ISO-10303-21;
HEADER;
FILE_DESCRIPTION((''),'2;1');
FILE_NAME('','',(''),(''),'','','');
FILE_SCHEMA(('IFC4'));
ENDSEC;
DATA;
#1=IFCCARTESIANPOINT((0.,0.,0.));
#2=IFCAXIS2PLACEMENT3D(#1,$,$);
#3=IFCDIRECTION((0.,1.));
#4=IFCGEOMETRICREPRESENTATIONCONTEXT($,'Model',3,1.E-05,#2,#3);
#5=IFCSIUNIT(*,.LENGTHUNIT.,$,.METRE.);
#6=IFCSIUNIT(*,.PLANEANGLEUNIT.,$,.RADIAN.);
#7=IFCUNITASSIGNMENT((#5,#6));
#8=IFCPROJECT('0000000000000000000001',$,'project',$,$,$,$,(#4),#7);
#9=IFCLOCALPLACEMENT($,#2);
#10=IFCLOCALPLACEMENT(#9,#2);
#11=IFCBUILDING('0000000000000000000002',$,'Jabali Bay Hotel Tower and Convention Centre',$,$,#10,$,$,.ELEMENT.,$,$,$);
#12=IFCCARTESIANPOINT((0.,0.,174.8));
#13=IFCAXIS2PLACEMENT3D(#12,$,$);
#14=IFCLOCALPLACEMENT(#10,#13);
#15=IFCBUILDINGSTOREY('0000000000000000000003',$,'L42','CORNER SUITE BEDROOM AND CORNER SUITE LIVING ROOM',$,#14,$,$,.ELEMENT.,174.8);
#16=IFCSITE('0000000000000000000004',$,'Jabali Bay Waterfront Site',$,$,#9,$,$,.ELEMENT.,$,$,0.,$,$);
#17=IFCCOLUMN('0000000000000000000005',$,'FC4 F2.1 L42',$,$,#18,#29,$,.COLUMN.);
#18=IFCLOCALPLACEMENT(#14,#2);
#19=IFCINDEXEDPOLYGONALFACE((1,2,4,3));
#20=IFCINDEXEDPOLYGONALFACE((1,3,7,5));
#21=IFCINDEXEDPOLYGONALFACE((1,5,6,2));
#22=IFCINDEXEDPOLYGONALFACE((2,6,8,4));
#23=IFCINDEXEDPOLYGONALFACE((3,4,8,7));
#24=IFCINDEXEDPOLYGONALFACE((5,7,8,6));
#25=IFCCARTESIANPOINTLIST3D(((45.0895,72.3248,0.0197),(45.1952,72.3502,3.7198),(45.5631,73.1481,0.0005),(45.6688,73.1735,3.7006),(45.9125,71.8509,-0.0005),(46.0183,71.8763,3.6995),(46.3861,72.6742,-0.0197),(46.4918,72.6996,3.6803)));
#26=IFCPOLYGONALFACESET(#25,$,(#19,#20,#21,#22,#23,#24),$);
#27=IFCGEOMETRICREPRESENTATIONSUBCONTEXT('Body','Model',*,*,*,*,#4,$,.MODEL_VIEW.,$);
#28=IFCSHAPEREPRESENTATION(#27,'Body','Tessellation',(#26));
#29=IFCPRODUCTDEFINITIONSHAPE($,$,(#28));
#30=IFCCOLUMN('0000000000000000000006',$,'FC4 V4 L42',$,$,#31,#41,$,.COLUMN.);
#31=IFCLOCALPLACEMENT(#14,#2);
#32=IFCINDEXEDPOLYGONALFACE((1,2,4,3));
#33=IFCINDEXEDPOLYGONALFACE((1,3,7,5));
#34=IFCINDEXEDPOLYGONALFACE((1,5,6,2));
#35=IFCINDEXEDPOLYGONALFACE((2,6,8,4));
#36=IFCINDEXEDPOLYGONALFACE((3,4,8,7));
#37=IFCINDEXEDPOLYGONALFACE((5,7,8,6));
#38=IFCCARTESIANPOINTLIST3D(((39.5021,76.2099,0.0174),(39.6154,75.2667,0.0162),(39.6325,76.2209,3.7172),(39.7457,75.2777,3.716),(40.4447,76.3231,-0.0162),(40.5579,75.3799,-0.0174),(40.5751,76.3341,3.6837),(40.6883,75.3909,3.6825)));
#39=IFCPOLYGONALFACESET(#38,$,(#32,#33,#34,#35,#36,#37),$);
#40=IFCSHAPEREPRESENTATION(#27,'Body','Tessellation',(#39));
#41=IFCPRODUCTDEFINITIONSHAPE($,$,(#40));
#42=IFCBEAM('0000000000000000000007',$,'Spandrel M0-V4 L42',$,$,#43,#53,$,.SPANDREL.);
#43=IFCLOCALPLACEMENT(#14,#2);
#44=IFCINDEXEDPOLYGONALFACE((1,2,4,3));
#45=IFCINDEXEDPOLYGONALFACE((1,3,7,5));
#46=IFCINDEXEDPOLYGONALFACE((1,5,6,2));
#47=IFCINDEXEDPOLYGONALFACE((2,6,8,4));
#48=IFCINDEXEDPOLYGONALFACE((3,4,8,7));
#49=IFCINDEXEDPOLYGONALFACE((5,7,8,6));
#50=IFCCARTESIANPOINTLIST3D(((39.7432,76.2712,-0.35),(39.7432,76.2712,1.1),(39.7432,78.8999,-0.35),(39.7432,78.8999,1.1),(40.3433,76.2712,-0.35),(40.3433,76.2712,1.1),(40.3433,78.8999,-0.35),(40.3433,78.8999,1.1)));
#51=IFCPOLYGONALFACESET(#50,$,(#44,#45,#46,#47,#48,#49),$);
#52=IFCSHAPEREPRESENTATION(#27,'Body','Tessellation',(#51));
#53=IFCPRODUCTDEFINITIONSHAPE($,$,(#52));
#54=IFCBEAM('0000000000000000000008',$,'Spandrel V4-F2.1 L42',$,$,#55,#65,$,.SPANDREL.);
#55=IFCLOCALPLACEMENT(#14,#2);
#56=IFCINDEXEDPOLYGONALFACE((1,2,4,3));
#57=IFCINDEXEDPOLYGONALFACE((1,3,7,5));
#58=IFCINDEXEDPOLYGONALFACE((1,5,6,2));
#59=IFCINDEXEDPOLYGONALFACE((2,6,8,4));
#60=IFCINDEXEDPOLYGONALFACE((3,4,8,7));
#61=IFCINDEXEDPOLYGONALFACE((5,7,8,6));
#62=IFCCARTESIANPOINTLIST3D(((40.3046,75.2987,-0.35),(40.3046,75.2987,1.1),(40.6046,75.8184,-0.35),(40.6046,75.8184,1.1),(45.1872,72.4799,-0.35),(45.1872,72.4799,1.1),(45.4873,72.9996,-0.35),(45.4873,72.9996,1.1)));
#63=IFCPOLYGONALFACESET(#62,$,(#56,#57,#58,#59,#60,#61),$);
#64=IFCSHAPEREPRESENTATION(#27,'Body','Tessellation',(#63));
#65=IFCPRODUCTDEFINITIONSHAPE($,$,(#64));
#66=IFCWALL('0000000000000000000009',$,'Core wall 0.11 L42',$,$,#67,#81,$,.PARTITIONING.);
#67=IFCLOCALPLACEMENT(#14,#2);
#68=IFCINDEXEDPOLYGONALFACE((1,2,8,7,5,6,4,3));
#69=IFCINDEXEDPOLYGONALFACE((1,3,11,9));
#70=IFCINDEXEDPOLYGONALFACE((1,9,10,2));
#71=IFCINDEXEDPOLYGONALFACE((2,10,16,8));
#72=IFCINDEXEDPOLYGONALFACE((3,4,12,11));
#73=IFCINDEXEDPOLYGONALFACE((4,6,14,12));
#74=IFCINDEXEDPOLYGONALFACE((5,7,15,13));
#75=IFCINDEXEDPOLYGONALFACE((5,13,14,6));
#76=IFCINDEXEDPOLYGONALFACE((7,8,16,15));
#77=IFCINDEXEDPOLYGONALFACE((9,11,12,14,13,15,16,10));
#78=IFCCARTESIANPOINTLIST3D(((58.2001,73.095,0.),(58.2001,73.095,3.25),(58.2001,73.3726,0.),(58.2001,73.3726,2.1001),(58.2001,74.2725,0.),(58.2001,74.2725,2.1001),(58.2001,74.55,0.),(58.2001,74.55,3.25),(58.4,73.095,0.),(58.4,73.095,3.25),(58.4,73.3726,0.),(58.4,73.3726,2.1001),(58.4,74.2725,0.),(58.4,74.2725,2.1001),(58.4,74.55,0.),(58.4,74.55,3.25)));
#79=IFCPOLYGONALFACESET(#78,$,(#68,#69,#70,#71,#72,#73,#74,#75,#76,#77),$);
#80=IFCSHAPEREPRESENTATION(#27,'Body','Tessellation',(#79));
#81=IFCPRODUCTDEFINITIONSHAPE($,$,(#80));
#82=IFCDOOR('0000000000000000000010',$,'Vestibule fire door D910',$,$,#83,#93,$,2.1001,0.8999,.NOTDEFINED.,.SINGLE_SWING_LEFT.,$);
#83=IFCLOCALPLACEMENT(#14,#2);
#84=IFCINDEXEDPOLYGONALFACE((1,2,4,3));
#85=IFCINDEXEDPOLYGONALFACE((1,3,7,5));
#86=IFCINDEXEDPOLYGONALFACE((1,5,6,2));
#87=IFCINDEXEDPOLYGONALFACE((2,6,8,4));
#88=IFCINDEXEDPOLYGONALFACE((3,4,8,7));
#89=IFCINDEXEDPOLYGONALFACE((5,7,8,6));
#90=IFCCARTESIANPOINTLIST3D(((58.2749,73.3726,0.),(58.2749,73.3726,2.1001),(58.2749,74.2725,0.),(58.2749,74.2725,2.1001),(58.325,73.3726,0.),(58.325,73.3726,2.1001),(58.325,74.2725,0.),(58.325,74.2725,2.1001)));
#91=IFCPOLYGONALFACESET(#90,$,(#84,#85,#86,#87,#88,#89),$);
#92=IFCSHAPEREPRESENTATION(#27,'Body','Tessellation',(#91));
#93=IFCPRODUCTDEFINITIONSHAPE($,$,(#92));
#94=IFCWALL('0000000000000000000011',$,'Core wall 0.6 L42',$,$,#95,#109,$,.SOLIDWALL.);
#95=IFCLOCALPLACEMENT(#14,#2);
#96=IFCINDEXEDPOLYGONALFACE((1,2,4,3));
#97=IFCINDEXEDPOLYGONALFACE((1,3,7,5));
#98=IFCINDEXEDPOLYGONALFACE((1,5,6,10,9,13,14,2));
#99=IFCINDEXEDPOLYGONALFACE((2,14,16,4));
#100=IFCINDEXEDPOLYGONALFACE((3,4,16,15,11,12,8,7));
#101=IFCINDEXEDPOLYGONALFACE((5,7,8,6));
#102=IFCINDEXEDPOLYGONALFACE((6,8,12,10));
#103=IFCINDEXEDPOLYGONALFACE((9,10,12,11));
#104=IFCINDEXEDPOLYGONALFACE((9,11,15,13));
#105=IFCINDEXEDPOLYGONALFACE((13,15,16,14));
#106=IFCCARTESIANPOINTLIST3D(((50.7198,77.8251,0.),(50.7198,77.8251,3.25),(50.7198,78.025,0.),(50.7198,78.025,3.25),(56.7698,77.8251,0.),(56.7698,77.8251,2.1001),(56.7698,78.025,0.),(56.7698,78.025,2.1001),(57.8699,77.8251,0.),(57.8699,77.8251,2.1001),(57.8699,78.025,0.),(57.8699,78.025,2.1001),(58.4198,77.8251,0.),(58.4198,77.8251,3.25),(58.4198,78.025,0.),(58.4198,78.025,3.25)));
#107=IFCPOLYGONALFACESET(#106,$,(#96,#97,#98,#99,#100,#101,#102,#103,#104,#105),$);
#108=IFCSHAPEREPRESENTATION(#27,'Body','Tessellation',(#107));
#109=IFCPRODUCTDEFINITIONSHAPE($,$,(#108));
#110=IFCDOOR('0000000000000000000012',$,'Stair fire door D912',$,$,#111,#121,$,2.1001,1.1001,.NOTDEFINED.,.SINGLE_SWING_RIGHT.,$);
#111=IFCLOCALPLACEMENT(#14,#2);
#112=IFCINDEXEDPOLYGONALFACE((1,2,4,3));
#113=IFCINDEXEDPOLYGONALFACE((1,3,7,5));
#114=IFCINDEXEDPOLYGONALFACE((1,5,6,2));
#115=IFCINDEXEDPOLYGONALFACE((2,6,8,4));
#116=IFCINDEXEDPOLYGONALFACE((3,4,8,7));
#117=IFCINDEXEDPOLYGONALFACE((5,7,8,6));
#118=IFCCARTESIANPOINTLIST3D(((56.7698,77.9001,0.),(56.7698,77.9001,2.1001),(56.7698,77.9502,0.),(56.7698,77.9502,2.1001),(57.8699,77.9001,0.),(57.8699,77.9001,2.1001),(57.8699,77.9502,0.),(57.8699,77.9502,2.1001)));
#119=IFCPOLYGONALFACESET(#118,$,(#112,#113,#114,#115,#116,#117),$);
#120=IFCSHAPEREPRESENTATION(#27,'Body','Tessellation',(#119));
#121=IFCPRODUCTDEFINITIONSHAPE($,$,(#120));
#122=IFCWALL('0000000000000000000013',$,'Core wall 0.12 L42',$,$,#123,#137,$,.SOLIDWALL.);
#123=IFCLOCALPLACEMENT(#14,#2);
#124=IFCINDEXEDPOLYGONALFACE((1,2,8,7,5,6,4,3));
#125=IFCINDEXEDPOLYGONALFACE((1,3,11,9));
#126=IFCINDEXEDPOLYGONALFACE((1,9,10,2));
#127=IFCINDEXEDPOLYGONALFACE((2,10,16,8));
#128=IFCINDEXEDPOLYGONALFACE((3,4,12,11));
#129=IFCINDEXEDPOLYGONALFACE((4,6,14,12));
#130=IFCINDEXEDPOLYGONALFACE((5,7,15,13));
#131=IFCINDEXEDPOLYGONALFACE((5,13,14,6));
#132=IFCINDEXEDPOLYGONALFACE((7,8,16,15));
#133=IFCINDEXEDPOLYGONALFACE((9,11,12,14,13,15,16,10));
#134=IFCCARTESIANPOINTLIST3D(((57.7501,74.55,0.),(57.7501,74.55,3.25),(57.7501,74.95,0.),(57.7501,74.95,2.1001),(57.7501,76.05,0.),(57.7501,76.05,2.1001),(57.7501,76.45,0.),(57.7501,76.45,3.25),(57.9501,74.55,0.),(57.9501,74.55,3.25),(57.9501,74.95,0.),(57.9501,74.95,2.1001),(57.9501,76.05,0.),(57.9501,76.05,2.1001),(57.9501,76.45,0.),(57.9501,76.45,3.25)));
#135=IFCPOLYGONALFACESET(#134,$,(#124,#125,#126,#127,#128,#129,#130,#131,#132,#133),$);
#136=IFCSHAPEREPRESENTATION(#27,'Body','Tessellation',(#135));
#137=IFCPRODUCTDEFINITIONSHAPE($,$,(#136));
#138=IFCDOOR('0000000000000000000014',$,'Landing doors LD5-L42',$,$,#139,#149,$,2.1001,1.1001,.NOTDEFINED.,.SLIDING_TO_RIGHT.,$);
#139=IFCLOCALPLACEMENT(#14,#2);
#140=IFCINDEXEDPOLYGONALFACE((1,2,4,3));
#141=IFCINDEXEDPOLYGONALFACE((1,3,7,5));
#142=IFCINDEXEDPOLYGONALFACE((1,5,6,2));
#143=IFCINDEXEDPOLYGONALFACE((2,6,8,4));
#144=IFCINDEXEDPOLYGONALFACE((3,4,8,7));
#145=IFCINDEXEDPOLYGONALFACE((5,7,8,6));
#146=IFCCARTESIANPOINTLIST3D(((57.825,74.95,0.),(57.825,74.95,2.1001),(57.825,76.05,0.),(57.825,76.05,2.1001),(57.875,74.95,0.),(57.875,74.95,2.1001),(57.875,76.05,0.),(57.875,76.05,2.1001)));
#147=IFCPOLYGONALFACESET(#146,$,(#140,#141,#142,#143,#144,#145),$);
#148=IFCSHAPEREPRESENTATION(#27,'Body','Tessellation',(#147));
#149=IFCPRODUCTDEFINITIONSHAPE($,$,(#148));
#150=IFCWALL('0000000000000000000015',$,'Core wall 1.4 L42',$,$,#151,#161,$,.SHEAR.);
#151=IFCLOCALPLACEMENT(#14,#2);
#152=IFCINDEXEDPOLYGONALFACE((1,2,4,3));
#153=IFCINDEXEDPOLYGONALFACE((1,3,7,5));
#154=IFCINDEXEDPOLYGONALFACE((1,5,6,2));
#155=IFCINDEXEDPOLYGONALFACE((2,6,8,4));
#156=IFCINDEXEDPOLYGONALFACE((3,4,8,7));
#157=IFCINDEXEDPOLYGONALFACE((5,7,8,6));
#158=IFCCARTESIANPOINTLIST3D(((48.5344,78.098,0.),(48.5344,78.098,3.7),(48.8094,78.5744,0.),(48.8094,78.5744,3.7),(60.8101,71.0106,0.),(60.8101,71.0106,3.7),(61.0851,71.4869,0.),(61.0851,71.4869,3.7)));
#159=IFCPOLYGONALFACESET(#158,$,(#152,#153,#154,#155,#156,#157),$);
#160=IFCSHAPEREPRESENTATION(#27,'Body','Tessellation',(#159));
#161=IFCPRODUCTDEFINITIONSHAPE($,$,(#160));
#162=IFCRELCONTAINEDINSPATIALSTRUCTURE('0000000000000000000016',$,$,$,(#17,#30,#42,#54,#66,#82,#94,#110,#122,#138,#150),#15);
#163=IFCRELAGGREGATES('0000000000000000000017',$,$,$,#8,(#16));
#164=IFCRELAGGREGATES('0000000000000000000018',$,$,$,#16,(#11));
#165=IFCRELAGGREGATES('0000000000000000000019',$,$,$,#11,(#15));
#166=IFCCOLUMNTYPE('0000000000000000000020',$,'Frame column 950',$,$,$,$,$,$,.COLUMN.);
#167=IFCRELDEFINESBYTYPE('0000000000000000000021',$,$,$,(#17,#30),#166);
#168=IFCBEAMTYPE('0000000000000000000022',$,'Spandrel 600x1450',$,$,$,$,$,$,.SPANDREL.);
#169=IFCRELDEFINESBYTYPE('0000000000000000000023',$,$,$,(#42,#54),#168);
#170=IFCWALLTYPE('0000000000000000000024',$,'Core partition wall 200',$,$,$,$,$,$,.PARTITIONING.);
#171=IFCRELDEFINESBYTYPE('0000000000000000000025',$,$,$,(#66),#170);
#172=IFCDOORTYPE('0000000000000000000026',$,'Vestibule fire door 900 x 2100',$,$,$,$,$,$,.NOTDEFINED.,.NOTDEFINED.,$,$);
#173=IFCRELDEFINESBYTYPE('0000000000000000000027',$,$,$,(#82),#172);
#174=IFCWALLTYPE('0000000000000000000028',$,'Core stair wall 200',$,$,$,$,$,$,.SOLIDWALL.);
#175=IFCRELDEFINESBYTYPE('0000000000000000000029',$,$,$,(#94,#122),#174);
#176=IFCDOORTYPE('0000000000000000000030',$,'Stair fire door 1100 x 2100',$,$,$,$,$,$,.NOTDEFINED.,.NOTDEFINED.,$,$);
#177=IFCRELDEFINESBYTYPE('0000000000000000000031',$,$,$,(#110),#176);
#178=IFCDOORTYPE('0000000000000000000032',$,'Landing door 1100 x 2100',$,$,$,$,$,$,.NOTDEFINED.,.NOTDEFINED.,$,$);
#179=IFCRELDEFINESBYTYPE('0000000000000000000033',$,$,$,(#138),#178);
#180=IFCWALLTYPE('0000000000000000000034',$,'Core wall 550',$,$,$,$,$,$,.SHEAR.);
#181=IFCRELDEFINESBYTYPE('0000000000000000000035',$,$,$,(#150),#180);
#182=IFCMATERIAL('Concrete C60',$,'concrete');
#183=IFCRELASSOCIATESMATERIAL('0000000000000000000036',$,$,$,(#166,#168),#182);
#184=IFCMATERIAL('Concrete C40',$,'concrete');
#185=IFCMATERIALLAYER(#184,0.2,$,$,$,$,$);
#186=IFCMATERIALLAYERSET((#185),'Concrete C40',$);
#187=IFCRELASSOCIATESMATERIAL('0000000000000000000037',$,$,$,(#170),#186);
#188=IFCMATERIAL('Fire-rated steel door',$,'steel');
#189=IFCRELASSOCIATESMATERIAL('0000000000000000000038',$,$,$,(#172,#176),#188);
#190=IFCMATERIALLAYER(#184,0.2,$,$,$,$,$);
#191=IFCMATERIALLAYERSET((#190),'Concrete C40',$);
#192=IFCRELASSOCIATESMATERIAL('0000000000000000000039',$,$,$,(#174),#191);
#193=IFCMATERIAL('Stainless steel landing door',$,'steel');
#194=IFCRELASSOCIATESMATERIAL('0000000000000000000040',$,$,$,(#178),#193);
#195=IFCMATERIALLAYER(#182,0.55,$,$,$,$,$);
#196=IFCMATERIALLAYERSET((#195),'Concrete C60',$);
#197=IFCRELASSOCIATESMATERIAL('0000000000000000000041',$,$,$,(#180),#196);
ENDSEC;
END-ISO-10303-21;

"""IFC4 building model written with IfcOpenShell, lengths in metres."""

from ifc_helpers import new_model, si_unit, direction, frame, frame_2d, origin, origin_2d, place, context, subcontext, project, spatial, rectangle, extrude, material, layer, layer_set, material_profile, profile_set, type_object, element, fill, save


model = new_model("IFC4")

# Units and contexts
model_context = context("Model", 3, precision=1e-05, world=origin(), true_north=direction((0.0, 1.0)))
body_context = subcontext(model_context, "Body", "Model", "MODEL_VIEW")
ifc_project = project(units=[si_unit("LENGTHUNIT", "METRE"), si_unit("PLANEANGLEUNIT", "RADIAN")], contexts=[model_context])

# Site, building, storey
site_placement = place(None, origin())
site = spatial("IfcSite", under=ifc_project, at=site_placement, Name="Jabali Bay Waterfront Site", CompositionType="ELEMENT", RefElevation=0.0)
building_placement = place(site_placement, origin())
building = spatial("IfcBuilding", under=site, at=building_placement, Name="Jabali Bay Hotel Tower and Convention Centre", CompositionType="ELEMENT")
storey_placement = place(building_placement, frame((0.0, 0.0, 174.8)))
storey = spatial("IfcBuildingStorey", under=building, at=storey_placement, Name="L42", Description="CORNER SUITE BEDROOM AND CORNER SUITE LIVING ROOM", CompositionType="ELEMENT", Elevation=174.8)

# Columns
ifc_material_1 = material(Name="Concrete C60", Category="concrete")
ifc_material_profile_1 = material_profile(ifc_material_1, rectangle(XDim=0.95, YDim=0.95, at=origin_2d()), Name="Frame column 950")
ifc_profile_set_1 = profile_set([ifc_material_profile_1], Name="Concrete C60")
column_type = type_object("IfcColumnType", Name="Frame column 950", PredefinedType="COLUMN", material=ifc_profile_set_1)
column_1_placement = place(storey_placement, frame((45.7378, 72.4995, 0.0), z_axis=(0.028559, 0.006859, 0.999569), x_axis=(-0.86641, 0.498877, 0.021331)))
element("IfcColumn", 1, at=column_1_placement, inside=storey, type_object=column_type, Name="FC4 F2.1 L42", PredefinedType="COLUMN", context=body_context, shape_type="SweptSolid", body=[
    extrude(rectangle(XDim=0.95, YDim=0.95, at=origin_2d()), origin(), (0.0, 0.0, 1.0), 3.7017),
])
column_2_placement = place(storey_placement, frame((40.03, 75.7949, 0.0), z_axis=(0.035214, 0.002967, 0.999375), x_axis=(-0.119209, 0.992868, 0.001252)))
element("IfcColumn", 2, at=column_2_placement, inside=storey, type_object=column_type, Name="FC4 V4 L42", PredefinedType="COLUMN", context=body_context, shape_type="SweptSolid", body=[
    extrude(rectangle(XDim=0.95, YDim=0.95, at=origin_2d()), origin(), (0.0, 0.0, 1.0), 3.7021),
])

# Beams
ifc_material_profile_2 = material_profile(ifc_material_1, rectangle(XDim=0.6001, YDim=1.45, at=origin_2d()), Name="Spandrel 600x1450")
ifc_profile_set_2 = profile_set([ifc_material_profile_2], Name="Concrete C60")
beam_type = type_object("IfcBeamType", Name="Spandrel 600x1450", PredefinedType="SPANDREL", material=ifc_profile_set_2)
beam_1_placement = place(storey_placement, frame((40.0432, 78.8999, 0.375), z_axis=(0.0, -1.0, 0.0), x_axis=(1.0, 0.0, 0.0)))
element("IfcBeam", 3, at=beam_1_placement, inside=storey, type_object=beam_type, Name="Spandrel M0-V4 L42", PredefinedType="SPANDREL", context=body_context, shape_type="SweptSolid", body=[
    extrude(rectangle(XDim=0.6001, YDim=1.45, at=origin_2d()), origin(), (0.0, 0.0, 1.0), 2.6287),
])
beam_2_placement = place(storey_placement, frame((40.4546, 75.5586, 0.375), z_axis=(0.866033, -0.499986, 0.0), x_axis=(0.499986, 0.866033, 0.0)))
element("IfcBeam", 4, at=beam_2_placement, inside=storey, type_object=beam_type, Name="Spandrel V4-F2.1 L42", PredefinedType="SPANDREL", context=body_context, shape_type="SweptSolid", body=[
    extrude(rectangle(XDim=0.6001, YDim=1.45, at=origin_2d()), origin(), (0.0, 0.0, 1.0), 5.6379),
])

# Walls, openings, doors
ifc_material_2 = material(Name="Concrete C40", Category="concrete")
ifc_layer_1 = layer(ifc_material_2, 0.2)
ifc_layer_set_1 = layer_set([ifc_layer_1], Name="Concrete C40")
wall_type_1 = type_object("IfcWallType", Name="Core partition wall 200", PredefinedType="PARTITIONING", material=ifc_layer_set_1)
wall_1_placement = place(storey_placement, frame((58.3, 74.55, 0.0), z_axis=(0.0, 0.0, 1.0), x_axis=(0.0, -1.0, 0.0)))
wall_1 = element("IfcWall", 5, at=wall_1_placement, inside=storey, type_object=wall_type_1, Name="Core wall 0.11 L42", PredefinedType="PARTITIONING", context=body_context, shape_type="SweptSolid", body=[
    extrude(rectangle(XDim=1.4551, YDim=0.2, at=frame_2d((0.7275, 0.0))), origin(), (0.0, 0.0, 1.0), 3.25),
])
opening_1_placement = place(wall_1_placement, frame((0.2776, 0.0, 0.0)))
opening_1 = element("IfcOpeningElement", 6, at=opening_1_placement, cuts=wall_1, PredefinedType="OPENING", context=body_context, shape_type="SweptSolid", body=[
    extrude(rectangle(XDim=0.8999, YDim=2.1001, at=frame_2d((0.45, 1.05))), frame((0.0, 0.1104, 0.0), z_axis=(0.0, -1.0, 0.0), x_axis=(1.0, 0.0, 0.0)), (0.0, 0.0, 1.0), 0.2209),
])
ifc_material_3 = material(Name="Fire-rated steel door", Category="steel")
door_type_1 = type_object("IfcDoorType", Name="Vestibule fire door 900 x 2100", OperationType="NOTDEFINED", PredefinedType="NOTDEFINED", material=ifc_material_3)
door_1_placement = place(opening_1_placement, origin())
door_1 = element("IfcDoor", 7, at=door_1_placement, inside=storey, type_object=door_type_1, Name="Vestibule fire door D910", OperationType="SINGLE_SWING_LEFT", OverallHeight=2.1001, OverallWidth=0.8999, PredefinedType="NOTDEFINED", context=body_context, shape_type="SweptSolid", body=[
    extrude(rectangle(XDim=0.8999, YDim=2.1001, at=frame_2d((0.45, 1.05))), frame((0.0, 0.0249, 0.0), z_axis=(0.0, -1.0, 0.0), x_axis=(1.0, 0.0, 0.0)), (0.0, 0.0, 1.0), 0.05),
])
fill(opening_1, door_1)
ifc_layer_2 = layer(ifc_material_2, 0.2)
ifc_layer_set_2 = layer_set([ifc_layer_2], Name="Concrete C40")
wall_type_2 = type_object("IfcWallType", Name="Core stair wall 200", PredefinedType="SOLIDWALL", material=ifc_layer_set_2)
wall_2_placement = place(storey_placement, frame((58.4199, 77.925, 0.0), z_axis=(0.0, 0.0, 1.0), x_axis=(-1.0, 0.0, 0.0)))
wall_2 = element("IfcWall", 8, at=wall_2_placement, inside=storey, type_object=wall_type_2, Name="Core wall 0.6 L42", PredefinedType="SOLIDWALL", context=body_context, shape_type="SweptSolid", body=[
    extrude(rectangle(XDim=7.7, YDim=0.2, at=frame_2d((3.8501, 0.0))), origin(), (0.0, 0.0, 1.0), 3.25),
])
opening_2_placement = place(wall_2_placement, frame((0.55, 0.0, 0.0)))
opening_2 = element("IfcOpeningElement", 9, at=opening_2_placement, cuts=wall_2, PredefinedType="OPENING", context=body_context, shape_type="SweptSolid", body=[
    extrude(rectangle(XDim=1.1001, YDim=2.1001, at=frame_2d((0.55, 1.05))), frame((0.0, 0.1104, 0.0), z_axis=(0.0, -1.0, 0.0), x_axis=(1.0, 0.0, 0.0)), (0.0, 0.0, 1.0), 0.2209),
])
door_type_2 = type_object("IfcDoorType", Name="Stair fire door 1100 x 2100", OperationType="NOTDEFINED", PredefinedType="NOTDEFINED", material=ifc_material_3)
door_2_placement = place(opening_2_placement, origin())
door_2 = element("IfcDoor", 10, at=door_2_placement, inside=storey, type_object=door_type_2, Name="Stair fire door D912", OperationType="SINGLE_SWING_RIGHT", OverallHeight=2.1001, OverallWidth=1.1001, PredefinedType="NOTDEFINED", context=body_context, shape_type="SweptSolid", body=[
    extrude(rectangle(XDim=1.1001, YDim=2.1001, at=frame_2d((0.55, 1.05))), frame((0.0, 0.0249, 0.0), z_axis=(0.0, -1.0, 0.0), x_axis=(1.0, 0.0, 0.0)), (0.0, 0.0, 1.0), 0.05),
])
fill(opening_2, door_2)
wall_3_placement = place(storey_placement, frame((57.8501, 76.45, 0.0), z_axis=(0.0, 0.0, 1.0), x_axis=(0.0, -1.0, 0.0)))
wall_3 = element("IfcWall", 11, at=wall_3_placement, inside=storey, type_object=wall_type_2, Name="Core wall 0.12 L42", PredefinedType="SOLIDWALL", context=body_context, shape_type="SweptSolid", body=[
    extrude(rectangle(XDim=1.8999, YDim=0.2, at=frame_2d((0.95, 0.0))), origin(), (0.0, 0.0, 1.0), 3.25),
])
opening_3_placement = place(wall_3_placement, frame((0.3999, 0.0, 0.0)))
opening_3 = element("IfcOpeningElement", 12, at=opening_3_placement, cuts=wall_3, PredefinedType="OPENING", context=body_context, shape_type="SweptSolid", body=[
    extrude(rectangle(XDim=1.1001, YDim=2.1001, at=frame_2d((0.55, 1.05))), frame((0.0, 0.1104, 0.0), z_axis=(0.0, -1.0, 0.0), x_axis=(1.0, 0.0, 0.0)), (0.0, 0.0, 1.0), 0.2209),
])
ifc_material_4 = material(Name="Stainless steel landing door", Category="steel")
door_type_3 = type_object("IfcDoorType", Name="Landing door 1100 x 2100", OperationType="NOTDEFINED", PredefinedType="NOTDEFINED", material=ifc_material_4)
door_3_placement = place(opening_3_placement, origin())
door_3 = element("IfcDoor", 13, at=door_3_placement, inside=storey, type_object=door_type_3, Name="Landing doors LD5-L42", OperationType="SLIDING_TO_RIGHT", OverallHeight=2.1001, OverallWidth=1.1001, PredefinedType="NOTDEFINED", context=body_context, shape_type="SweptSolid", body=[
    extrude(rectangle(XDim=1.1001, YDim=2.1001, at=frame_2d((0.55, 1.05))), frame((0.0, 0.0249, 0.0), z_axis=(0.0, -1.0, 0.0), x_axis=(1.0, 0.0, 0.0)), (0.0, 0.0, 1.0), 0.05),
])
fill(opening_3, door_3)

# Wall
ifc_layer_3 = layer(ifc_material_1, 0.55)
ifc_layer_set_3 = layer_set([ifc_layer_3], Name="Concrete C60")
wall_type_3 = type_object("IfcWallType", Name="Core wall 550", PredefinedType="SHEAR", material=ifc_layer_set_3)
wall_4_placement = place(storey_placement, frame((48.6719, 78.3362, 0.0), z_axis=(0.0, 0.0, 1.0), x_axis=(0.866024, -0.500003, 0.0)))
element("IfcWall", 14, at=wall_4_placement, inside=storey, type_object=wall_type_3, Name="Core wall 1.4 L42", PredefinedType="SHEAR", context=body_context, shape_type="SweptSolid", body=[
    extrude(rectangle(XDim=14.1748, YDim=0.55, at=frame_2d((7.0874, 0.0))), origin(), (0.0, 0.0, 1.0), 3.7),
])

save(model, "model.ifc")
